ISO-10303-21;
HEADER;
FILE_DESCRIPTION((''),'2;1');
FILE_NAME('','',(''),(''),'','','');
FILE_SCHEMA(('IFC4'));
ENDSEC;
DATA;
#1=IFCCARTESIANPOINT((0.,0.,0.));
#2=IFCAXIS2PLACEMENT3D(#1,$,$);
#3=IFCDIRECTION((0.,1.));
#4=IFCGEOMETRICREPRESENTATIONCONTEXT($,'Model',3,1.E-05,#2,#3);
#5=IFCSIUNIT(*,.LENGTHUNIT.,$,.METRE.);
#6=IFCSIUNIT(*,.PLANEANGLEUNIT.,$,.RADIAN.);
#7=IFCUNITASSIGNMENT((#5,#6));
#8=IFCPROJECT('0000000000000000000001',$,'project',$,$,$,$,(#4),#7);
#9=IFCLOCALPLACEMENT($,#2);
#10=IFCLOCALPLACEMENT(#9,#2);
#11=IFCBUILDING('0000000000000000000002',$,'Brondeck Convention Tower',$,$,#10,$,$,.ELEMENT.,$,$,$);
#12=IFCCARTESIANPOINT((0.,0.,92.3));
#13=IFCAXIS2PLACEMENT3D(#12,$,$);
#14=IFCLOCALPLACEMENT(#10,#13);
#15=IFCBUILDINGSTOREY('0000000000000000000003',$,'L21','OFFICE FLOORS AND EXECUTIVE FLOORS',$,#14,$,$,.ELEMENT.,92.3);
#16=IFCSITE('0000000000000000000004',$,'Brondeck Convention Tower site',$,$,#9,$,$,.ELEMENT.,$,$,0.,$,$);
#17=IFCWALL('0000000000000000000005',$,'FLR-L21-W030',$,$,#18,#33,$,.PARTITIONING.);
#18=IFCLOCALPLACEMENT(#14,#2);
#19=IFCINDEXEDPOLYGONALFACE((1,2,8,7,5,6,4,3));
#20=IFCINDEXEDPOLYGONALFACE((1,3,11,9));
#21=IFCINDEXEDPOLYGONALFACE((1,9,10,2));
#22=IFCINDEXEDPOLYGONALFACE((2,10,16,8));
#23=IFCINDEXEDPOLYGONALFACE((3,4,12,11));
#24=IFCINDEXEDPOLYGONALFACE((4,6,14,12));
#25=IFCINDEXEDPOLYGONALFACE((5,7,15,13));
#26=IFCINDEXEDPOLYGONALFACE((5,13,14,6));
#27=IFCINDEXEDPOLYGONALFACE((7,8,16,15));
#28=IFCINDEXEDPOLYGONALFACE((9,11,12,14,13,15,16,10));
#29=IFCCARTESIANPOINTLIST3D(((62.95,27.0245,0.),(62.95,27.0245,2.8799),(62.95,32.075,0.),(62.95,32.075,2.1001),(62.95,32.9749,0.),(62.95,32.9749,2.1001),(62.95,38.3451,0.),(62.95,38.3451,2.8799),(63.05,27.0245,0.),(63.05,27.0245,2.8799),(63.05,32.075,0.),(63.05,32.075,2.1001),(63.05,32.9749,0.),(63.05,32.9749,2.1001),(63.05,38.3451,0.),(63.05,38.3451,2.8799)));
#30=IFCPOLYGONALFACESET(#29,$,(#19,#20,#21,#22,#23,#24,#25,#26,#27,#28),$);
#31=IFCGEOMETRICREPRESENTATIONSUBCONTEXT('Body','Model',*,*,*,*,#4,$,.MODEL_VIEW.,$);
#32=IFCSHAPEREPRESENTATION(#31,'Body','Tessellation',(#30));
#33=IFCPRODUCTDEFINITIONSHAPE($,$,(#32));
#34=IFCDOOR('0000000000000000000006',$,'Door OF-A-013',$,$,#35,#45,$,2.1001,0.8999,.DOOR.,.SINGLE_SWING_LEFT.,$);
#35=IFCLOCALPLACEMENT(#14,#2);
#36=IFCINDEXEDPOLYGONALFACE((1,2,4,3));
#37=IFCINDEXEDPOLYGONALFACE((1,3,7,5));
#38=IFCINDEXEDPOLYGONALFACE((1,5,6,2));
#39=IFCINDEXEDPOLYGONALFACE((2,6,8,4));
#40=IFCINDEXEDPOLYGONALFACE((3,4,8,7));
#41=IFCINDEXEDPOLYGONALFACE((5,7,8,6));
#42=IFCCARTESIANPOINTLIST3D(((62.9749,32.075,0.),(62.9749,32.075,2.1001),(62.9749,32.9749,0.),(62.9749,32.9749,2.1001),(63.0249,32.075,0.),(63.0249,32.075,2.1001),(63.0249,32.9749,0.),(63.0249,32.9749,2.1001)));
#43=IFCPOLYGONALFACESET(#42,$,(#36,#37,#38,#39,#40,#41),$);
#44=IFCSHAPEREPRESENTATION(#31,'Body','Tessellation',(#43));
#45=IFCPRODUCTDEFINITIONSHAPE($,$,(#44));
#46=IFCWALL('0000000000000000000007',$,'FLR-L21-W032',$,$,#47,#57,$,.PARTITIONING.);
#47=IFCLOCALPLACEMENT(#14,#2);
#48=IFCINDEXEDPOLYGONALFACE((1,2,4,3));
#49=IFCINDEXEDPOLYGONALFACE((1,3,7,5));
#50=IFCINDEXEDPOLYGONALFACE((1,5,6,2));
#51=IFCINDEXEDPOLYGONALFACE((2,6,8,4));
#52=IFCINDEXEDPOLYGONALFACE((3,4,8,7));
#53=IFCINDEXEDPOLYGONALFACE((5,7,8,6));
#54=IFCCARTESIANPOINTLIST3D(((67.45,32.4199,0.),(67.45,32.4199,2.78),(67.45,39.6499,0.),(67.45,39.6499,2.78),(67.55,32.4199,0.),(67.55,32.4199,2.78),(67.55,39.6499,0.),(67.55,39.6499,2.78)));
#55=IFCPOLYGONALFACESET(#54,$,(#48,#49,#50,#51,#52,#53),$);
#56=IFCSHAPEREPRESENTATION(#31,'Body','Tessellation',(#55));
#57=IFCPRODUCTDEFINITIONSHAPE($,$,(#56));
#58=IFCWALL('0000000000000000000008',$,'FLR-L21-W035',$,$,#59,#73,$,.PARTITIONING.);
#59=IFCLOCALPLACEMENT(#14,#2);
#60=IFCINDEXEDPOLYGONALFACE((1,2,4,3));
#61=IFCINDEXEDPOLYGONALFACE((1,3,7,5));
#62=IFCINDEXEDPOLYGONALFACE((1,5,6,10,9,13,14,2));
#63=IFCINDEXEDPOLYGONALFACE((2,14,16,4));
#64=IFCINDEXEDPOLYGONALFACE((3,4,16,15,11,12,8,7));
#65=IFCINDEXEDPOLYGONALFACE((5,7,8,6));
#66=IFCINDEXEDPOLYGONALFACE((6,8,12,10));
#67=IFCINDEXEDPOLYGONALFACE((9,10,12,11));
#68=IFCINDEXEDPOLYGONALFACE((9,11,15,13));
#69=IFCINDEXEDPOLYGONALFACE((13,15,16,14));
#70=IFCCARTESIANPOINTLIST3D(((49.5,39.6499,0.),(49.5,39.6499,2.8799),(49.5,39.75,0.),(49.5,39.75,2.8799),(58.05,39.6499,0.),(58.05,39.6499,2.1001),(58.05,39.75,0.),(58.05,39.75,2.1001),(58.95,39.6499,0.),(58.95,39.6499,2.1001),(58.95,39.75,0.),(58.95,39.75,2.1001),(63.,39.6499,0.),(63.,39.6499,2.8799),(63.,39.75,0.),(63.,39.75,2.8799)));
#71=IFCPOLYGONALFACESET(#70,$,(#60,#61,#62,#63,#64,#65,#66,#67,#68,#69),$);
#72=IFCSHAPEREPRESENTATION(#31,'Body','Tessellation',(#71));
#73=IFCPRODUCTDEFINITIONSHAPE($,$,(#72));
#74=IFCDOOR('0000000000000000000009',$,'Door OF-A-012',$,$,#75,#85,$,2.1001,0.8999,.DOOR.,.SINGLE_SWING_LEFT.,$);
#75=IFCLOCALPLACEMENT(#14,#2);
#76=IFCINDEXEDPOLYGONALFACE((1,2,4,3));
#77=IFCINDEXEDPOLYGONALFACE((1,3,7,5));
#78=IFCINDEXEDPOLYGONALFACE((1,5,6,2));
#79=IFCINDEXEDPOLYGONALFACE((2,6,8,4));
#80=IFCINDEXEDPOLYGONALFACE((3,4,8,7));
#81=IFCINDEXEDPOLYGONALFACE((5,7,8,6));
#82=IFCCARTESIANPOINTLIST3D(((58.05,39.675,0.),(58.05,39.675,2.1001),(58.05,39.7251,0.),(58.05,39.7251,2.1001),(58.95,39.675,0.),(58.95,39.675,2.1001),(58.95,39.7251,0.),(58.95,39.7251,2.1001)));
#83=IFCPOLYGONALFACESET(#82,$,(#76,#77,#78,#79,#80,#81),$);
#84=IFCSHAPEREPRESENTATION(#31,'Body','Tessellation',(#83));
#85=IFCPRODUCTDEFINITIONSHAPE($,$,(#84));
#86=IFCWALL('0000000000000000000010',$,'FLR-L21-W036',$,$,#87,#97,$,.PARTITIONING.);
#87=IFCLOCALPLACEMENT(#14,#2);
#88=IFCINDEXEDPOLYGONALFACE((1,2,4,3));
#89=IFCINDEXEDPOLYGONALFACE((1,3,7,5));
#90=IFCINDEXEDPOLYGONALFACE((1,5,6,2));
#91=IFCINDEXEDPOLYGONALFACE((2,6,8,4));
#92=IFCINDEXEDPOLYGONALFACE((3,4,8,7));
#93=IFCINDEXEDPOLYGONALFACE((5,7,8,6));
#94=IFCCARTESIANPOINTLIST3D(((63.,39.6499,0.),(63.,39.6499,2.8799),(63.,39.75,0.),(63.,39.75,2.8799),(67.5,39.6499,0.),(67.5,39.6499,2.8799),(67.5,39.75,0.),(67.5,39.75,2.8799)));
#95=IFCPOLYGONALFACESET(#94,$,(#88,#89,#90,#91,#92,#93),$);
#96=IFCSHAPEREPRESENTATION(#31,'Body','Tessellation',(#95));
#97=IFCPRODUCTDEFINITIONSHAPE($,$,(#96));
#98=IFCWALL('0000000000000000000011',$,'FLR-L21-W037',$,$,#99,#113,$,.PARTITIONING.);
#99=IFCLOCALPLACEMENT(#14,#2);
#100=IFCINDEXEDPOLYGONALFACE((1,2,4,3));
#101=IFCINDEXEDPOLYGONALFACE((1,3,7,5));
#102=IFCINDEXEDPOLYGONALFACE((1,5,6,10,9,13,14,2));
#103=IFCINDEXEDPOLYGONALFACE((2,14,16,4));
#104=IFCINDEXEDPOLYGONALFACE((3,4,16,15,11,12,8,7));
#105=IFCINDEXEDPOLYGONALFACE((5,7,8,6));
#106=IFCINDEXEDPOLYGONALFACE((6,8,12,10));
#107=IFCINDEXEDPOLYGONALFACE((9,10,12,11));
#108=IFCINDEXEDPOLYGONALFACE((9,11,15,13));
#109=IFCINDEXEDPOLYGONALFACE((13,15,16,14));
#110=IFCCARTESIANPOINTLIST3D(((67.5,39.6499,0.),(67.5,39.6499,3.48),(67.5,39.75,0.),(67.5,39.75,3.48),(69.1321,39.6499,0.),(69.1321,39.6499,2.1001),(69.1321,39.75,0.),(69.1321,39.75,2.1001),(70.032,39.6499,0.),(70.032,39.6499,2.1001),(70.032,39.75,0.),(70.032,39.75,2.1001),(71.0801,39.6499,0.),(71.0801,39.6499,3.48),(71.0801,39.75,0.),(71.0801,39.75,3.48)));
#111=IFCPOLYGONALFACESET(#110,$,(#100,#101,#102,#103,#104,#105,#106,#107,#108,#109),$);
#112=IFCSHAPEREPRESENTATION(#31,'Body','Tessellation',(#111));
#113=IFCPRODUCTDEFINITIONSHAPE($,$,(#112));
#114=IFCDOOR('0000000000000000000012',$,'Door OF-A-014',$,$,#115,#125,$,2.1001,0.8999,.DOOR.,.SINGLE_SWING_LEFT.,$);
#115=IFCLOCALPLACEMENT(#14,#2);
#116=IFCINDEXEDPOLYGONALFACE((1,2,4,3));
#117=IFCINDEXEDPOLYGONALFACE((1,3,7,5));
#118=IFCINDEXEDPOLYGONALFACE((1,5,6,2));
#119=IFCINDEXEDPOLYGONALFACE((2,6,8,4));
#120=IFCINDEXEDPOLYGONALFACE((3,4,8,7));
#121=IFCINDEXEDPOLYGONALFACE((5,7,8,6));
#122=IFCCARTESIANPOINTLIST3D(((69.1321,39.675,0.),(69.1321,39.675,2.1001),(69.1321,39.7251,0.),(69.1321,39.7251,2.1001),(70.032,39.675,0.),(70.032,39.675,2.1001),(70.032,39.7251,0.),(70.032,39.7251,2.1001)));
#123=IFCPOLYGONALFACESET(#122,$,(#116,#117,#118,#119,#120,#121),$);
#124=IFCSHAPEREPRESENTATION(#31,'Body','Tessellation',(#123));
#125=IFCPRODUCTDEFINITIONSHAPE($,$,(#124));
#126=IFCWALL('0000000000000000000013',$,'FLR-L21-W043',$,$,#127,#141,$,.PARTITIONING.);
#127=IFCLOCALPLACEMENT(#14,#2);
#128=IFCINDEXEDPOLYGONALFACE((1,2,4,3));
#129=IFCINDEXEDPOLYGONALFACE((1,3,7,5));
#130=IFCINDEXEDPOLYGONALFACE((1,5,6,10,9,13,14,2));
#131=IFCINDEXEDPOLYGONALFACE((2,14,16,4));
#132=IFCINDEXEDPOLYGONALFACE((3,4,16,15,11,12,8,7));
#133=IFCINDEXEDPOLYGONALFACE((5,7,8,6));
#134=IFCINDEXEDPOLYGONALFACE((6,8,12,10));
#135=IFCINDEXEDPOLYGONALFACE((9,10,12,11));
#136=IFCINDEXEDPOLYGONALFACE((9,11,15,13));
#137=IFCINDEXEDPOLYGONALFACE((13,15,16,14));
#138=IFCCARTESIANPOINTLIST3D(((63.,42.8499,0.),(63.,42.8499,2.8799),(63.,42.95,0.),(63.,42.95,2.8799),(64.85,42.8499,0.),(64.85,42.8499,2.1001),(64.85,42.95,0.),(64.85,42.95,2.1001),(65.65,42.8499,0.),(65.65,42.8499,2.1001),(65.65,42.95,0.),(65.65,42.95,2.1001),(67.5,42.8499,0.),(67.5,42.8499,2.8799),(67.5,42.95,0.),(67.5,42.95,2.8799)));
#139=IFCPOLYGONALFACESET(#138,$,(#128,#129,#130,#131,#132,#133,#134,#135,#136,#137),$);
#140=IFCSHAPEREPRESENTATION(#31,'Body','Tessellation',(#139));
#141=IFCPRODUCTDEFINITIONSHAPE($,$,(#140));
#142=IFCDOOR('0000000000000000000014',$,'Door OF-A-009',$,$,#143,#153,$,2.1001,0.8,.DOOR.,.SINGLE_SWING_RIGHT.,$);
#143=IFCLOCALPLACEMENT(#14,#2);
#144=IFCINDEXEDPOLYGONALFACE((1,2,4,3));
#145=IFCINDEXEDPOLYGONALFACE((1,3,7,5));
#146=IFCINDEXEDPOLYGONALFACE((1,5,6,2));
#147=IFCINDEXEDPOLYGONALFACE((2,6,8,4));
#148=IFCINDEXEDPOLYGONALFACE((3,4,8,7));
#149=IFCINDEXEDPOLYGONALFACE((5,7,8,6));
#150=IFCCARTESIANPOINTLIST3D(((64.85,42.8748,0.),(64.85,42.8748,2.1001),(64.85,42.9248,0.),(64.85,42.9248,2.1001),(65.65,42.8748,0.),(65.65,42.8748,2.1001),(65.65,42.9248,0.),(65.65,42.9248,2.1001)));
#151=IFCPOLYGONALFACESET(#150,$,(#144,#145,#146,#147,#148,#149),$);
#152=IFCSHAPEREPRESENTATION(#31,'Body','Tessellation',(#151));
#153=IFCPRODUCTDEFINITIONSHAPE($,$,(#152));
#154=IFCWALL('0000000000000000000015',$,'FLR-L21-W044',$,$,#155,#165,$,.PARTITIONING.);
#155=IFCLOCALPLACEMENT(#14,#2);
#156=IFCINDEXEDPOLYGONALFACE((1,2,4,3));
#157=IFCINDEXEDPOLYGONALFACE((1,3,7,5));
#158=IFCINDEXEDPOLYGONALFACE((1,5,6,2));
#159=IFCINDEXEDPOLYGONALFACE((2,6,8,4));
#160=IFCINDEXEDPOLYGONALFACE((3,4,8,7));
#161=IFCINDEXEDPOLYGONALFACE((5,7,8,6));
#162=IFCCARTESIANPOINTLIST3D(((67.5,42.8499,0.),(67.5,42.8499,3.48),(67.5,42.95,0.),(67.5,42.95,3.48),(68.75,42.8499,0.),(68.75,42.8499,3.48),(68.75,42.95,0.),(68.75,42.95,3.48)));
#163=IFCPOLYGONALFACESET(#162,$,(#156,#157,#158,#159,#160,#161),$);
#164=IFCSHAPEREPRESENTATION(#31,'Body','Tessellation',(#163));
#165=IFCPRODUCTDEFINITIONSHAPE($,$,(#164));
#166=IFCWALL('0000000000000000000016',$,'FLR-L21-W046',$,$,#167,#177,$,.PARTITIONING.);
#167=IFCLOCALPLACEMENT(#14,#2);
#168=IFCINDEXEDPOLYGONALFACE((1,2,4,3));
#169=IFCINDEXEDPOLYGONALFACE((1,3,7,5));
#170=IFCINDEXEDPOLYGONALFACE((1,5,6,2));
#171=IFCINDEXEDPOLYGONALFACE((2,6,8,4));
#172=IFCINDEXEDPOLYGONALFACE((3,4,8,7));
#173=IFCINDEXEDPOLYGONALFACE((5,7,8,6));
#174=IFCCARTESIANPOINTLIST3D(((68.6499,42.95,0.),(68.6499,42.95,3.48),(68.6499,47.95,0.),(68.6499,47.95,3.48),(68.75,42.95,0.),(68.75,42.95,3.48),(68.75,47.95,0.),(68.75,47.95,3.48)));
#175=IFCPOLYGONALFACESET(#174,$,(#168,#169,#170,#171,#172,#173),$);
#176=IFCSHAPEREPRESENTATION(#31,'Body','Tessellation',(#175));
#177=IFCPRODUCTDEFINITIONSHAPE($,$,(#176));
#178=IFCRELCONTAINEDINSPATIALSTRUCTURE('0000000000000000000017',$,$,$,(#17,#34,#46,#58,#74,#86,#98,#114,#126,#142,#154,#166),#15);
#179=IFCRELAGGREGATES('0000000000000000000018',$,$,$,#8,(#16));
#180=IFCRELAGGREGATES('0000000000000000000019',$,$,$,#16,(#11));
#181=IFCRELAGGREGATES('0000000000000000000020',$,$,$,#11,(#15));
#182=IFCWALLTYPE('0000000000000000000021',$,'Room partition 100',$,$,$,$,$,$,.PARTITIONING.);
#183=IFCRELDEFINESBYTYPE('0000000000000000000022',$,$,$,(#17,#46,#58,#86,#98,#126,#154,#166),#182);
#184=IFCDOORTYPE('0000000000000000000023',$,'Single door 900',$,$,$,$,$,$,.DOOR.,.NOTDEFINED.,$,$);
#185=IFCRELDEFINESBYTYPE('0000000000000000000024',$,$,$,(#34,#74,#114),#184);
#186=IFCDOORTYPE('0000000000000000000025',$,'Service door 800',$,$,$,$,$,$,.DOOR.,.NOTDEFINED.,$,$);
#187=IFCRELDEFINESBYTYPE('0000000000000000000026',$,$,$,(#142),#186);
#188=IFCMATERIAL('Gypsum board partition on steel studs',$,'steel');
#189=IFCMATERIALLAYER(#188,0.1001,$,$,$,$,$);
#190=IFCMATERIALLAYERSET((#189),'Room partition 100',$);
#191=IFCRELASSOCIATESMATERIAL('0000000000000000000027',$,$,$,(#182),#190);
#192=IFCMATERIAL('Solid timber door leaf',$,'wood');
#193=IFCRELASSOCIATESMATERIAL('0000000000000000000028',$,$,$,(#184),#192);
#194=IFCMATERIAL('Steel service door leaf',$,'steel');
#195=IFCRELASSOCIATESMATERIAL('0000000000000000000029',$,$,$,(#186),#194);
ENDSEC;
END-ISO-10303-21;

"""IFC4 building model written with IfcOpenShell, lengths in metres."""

from ifc_helpers import new_model, si_unit, direction, frame, frame_2d, origin, place, context, subcontext, project, spatial, rectangle, extrude, material, layer, layer_set, type_object, element, fill, save


model = new_model("IFC4")

# Units and contexts
model_context = context("Model", 3, precision=1e-05, world=origin(), true_north=direction((0.0, 1.0)))
body_context = subcontext(model_context, "Body", "Model", "MODEL_VIEW")
ifc_project = project(units=[si_unit("LENGTHUNIT", "METRE"), si_unit("PLANEANGLEUNIT", "RADIAN")], contexts=[model_context])

# Site, building, storey
site_placement = place(None, origin())
site = spatial("IfcSite", under=ifc_project, at=site_placement, Name="Brondeck Convention Tower site", CompositionType="ELEMENT", RefElevation=0.0)
building_placement = place(site_placement, origin())
building = spatial("IfcBuilding", under=site, at=building_placement, Name="Brondeck Convention Tower", CompositionType="ELEMENT")
storey_placement = place(building_placement, frame((0.0, 0.0, 92.3)))
storey = spatial("IfcBuildingStorey", under=building, at=storey_placement, Name="L21", Description="OFFICE FLOORS AND EXECUTIVE FLOORS", CompositionType="ELEMENT", Elevation=92.3)

# Wall, opening, door
ifc_material_1 = material(Name="Gypsum board partition on steel studs", Category="steel")
ifc_layer_1 = layer(ifc_material_1, 0.1001)
ifc_layer_set_1 = layer_set([ifc_layer_1], Name="Room partition 100")
wall_type_1 = type_object("IfcWallType", Name="Room partition 100", PredefinedType="PARTITIONING", material=ifc_layer_set_1)
wall_1_placement = place(storey_placement, frame((63.0, 38.345, 0.0), z_axis=(0.0, 0.0, 1.0), x_axis=(0.0, -1.0, 0.0)))
wall_1 = element("IfcWall", 1, at=wall_1_placement, inside=storey, type_object=wall_type_1, Name="FLR-L21-W030", PredefinedType="PARTITIONING", context=body_context, shape_type="SweptSolid", body=[
    extrude(rectangle(XDim=11.3206, YDim=0.1001, at=frame_2d((5.6602, 0.0))), origin(), (0.0, 0.0, 1.0), 2.8799),
])
opening_1_placement = place(wall_1_placement, frame((5.3701, 0.0, 0.0)))
opening_1 = element("IfcOpeningElement", 2, at=opening_1_placement, cuts=wall_1, PredefinedType="OPENING", context=body_context, shape_type="SweptSolid", body=[
    extrude(rectangle(XDim=0.8999, YDim=2.1001, at=frame_2d((0.45, 1.05))), frame((0.0, 0.0601, 0.0), z_axis=(0.0, -1.0, 0.0), x_axis=(1.0, 0.0, 0.0)), (0.0, 0.0, 1.0), 0.1201),
])
ifc_material_2 = material(Name="Solid timber door leaf", Category="wood")
door_type_1 = type_object("IfcDoorType", Name="Single door 900", OperationType="NOTDEFINED", PredefinedType="DOOR", material=ifc_material_2)
door_1_placement = place(opening_1_placement, origin())
door_1 = element("IfcDoor", 3, at=door_1_placement, inside=storey, type_object=door_type_1, Name="Door OF-A-013", OperationType="SINGLE_SWING_LEFT", OverallHeight=2.1001, OverallWidth=0.8999, PredefinedType="DOOR", context=body_context, shape_type="SweptSolid", body=[
    extrude(rectangle(XDim=0.8999, YDim=2.1001, at=frame_2d((0.45, 1.05))), frame((0.0, 0.0249, 0.0), z_axis=(0.0, -1.0, 0.0), x_axis=(1.0, 0.0, 0.0)), (0.0, 0.0, 1.0), 0.05),
])
fill(opening_1, door_1)

# Wall
wall_2_placement = place(storey_placement, frame((67.5, 39.6499, 0.0), z_axis=(0.0, 0.0, 1.0), x_axis=(0.0, -1.0, 0.0)))
element("IfcWall", 4, at=wall_2_placement, inside=storey, type_object=wall_type_1, Name="FLR-L21-W032", PredefinedType="PARTITIONING", context=body_context, shape_type="SweptSolid", body=[
    extrude(rectangle(XDim=7.23, YDim=0.1001, at=frame_2d((3.615, 0.0))), origin(), (0.0, 0.0, 1.0), 2.78),
])

# Wall, opening, door
wall_3_placement = place(storey_placement, frame((63.0, 39.7, 0.0), z_axis=(0.0, 0.0, 1.0), x_axis=(-1.0, 0.0, 0.0)))
wall_3 = element("IfcWall", 5, at=wall_3_placement, inside=storey, type_object=wall_type_1, Name="FLR-L21-W035", PredefinedType="PARTITIONING", context=body_context, shape_type="SweptSolid", body=[
    extrude(rectangle(XDim=13.5, YDim=0.1001, at=frame_2d((6.75, 0.0))), origin(), (0.0, 0.0, 1.0), 2.8799),
])
opening_2_placement = place(wall_3_placement, frame((4.05, 0.0, 0.0)))
opening_2 = element("IfcOpeningElement", 6, at=opening_2_placement, cuts=wall_3, PredefinedType="OPENING", context=body_context, shape_type="SweptSolid", body=[
    extrude(rectangle(XDim=0.8999, YDim=2.1001, at=frame_2d((0.45, 1.05))), frame((0.0, 0.0601, 0.0), z_axis=(0.0, -1.0, 0.0), x_axis=(1.0, 0.0, 0.0)), (0.0, 0.0, 1.0), 0.1201),
])
door_2_placement = place(opening_2_placement, origin())
door_2 = element("IfcDoor", 7, at=door_2_placement, inside=storey, type_object=door_type_1, Name="Door OF-A-012", OperationType="SINGLE_SWING_LEFT", OverallHeight=2.1001, OverallWidth=0.8999, PredefinedType="DOOR", context=body_context, shape_type="SweptSolid", body=[
    extrude(rectangle(XDim=0.8999, YDim=2.1001, at=frame_2d((0.45, 1.05))), frame((0.0, 0.0249, 0.0), z_axis=(0.0, -1.0, 0.0), x_axis=(1.0, 0.0, 0.0)), (0.0, 0.0, 1.0), 0.05),
])
fill(opening_2, door_2)

# Wall
wall_4_placement = place(storey_placement, frame((67.5, 39.7, 0.0), z_axis=(0.0, 0.0, 1.0), x_axis=(-1.0, 0.0, 0.0)))
element("IfcWall", 8, at=wall_4_placement, inside=storey, type_object=wall_type_1, Name="FLR-L21-W036", PredefinedType="PARTITIONING", context=body_context, shape_type="SweptSolid", body=[
    extrude(rectangle(XDim=4.5, YDim=0.1001, at=frame_2d((2.25, 0.0))), origin(), (0.0, 0.0, 1.0), 2.8799),
])

# Walls, openings, doors
wall_5_placement = place(storey_placement, frame((71.0801, 39.7, 0.0), z_axis=(0.0, 0.0, 1.0), x_axis=(-1.0, 0.0, 0.0)))
wall_5 = element("IfcWall", 9, at=wall_5_placement, inside=storey, type_object=wall_type_1, Name="FLR-L21-W037", PredefinedType="PARTITIONING", context=body_context, shape_type="SweptSolid", body=[
    extrude(rectangle(XDim=3.5801, YDim=0.1001, at=frame_2d((1.79, 0.0))), origin(), (0.0, 0.0, 1.0), 3.48),
])
opening_3_placement = place(wall_5_placement, frame((1.0481, 0.0, 0.0)))
opening_3 = element("IfcOpeningElement", 10, at=opening_3_placement, cuts=wall_5, PredefinedType="OPENING", context=body_context, shape_type="SweptSolid", body=[
    extrude(rectangle(XDim=0.8999, YDim=2.1001, at=frame_2d((0.45, 1.05))), frame((0.0, 0.0601, 0.0), z_axis=(0.0, -1.0, 0.0), x_axis=(1.0, 0.0, 0.0)), (0.0, 0.0, 1.0), 0.1201),
])
door_3_placement = place(opening_3_placement, origin())
door_3 = element("IfcDoor", 11, at=door_3_placement, inside=storey, type_object=door_type_1, Name="Door OF-A-014", OperationType="SINGLE_SWING_LEFT", OverallHeight=2.1001, OverallWidth=0.8999, PredefinedType="DOOR", context=body_context, shape_type="SweptSolid", body=[
    extrude(rectangle(XDim=0.8999, YDim=2.1001, at=frame_2d((0.45, 1.05))), frame((0.0, 0.0249, 0.0), z_axis=(0.0, -1.0, 0.0), x_axis=(1.0, 0.0, 0.0)), (0.0, 0.0, 1.0), 0.05),
])
fill(opening_3, door_3)
wall_6_placement = place(storey_placement, frame((63.0, 42.8999, 0.0), z_axis=(0.0, 0.0, 1.0), x_axis=(1.0, 0.0, 0.0)))
wall_6 = element("IfcWall", 12, at=wall_6_placement, inside=storey, type_object=wall_type_1, Name="FLR-L21-W043", PredefinedType="PARTITIONING", context=body_context, shape_type="SweptSolid", body=[
    extrude(rectangle(XDim=4.5, YDim=0.1001, at=frame_2d((2.25, 0.0))), origin(), (0.0, 0.0, 1.0), 2.8799),
])
opening_4_placement = place(wall_6_placement, frame((1.8501, 0.0, 0.0)))
opening_4 = element("IfcOpeningElement", 13, at=opening_4_placement, cuts=wall_6, PredefinedType="OPENING", context=body_context, shape_type="SweptSolid", body=[
    extrude(rectangle(XDim=0.8, YDim=2.1001, at=frame_2d((0.3999, 1.05))), frame((0.0, 0.0601, 0.0), z_axis=(0.0, -1.0, 0.0), x_axis=(1.0, 0.0, 0.0)), (0.0, 0.0, 1.0), 0.1201),
])
ifc_material_3 = material(Name="Steel service door leaf", Category="steel")
door_type_2 = type_object("IfcDoorType", Name="Service door 800", OperationType="NOTDEFINED", PredefinedType="DOOR", material=ifc_material_3)
door_4_placement = place(opening_4_placement, origin())
door_4 = element("IfcDoor", 14, at=door_4_placement, inside=storey, type_object=door_type_2, Name="Door OF-A-009", OperationType="SINGLE_SWING_RIGHT", OverallHeight=2.1001, OverallWidth=0.8, PredefinedType="DOOR", context=body_context, shape_type="SweptSolid", body=[
    extrude(rectangle(XDim=0.8, YDim=2.1001, at=frame_2d((0.3999, 1.05))), frame((0.0, 0.0249, 0.0), z_axis=(0.0, -1.0, 0.0), x_axis=(1.0, 0.0, 0.0)), (0.0, 0.0, 1.0), 0.05),
])
fill(opening_4, door_4)

# Walls
wall_7_placement = place(storey_placement, frame((67.5, 42.8999, 0.0), z_axis=(0.0, 0.0, 1.0), x_axis=(1.0, 0.0, 0.0)))
element("IfcWall", 15, at=wall_7_placement, inside=storey, type_object=wall_type_1, Name="FLR-L21-W044", PredefinedType="PARTITIONING", context=body_context, shape_type="SweptSolid", body=[
    extrude(rectangle(XDim=1.25, YDim=0.1001, at=frame_2d((0.625, 0.0))), origin(), (0.0, 0.0, 1.0), 3.48),
])
wall_8_placement = place(storey_placement, frame((68.7, 42.95, 0.0), z_axis=(0.0, 0.0, 1.0), x_axis=(0.0, 1.0, 0.0)))
element("IfcWall", 16, at=wall_8_placement, inside=storey, type_object=wall_type_1, Name="FLR-L21-W046", PredefinedType="PARTITIONING", context=body_context, shape_type="SweptSolid", body=[
    extrude(rectangle(XDim=5.0, YDim=0.1001, at=frame_2d((2.5, 0.0))), origin(), (0.0, 0.0, 1.0), 3.48),
])

save(model, "model.ifc")
